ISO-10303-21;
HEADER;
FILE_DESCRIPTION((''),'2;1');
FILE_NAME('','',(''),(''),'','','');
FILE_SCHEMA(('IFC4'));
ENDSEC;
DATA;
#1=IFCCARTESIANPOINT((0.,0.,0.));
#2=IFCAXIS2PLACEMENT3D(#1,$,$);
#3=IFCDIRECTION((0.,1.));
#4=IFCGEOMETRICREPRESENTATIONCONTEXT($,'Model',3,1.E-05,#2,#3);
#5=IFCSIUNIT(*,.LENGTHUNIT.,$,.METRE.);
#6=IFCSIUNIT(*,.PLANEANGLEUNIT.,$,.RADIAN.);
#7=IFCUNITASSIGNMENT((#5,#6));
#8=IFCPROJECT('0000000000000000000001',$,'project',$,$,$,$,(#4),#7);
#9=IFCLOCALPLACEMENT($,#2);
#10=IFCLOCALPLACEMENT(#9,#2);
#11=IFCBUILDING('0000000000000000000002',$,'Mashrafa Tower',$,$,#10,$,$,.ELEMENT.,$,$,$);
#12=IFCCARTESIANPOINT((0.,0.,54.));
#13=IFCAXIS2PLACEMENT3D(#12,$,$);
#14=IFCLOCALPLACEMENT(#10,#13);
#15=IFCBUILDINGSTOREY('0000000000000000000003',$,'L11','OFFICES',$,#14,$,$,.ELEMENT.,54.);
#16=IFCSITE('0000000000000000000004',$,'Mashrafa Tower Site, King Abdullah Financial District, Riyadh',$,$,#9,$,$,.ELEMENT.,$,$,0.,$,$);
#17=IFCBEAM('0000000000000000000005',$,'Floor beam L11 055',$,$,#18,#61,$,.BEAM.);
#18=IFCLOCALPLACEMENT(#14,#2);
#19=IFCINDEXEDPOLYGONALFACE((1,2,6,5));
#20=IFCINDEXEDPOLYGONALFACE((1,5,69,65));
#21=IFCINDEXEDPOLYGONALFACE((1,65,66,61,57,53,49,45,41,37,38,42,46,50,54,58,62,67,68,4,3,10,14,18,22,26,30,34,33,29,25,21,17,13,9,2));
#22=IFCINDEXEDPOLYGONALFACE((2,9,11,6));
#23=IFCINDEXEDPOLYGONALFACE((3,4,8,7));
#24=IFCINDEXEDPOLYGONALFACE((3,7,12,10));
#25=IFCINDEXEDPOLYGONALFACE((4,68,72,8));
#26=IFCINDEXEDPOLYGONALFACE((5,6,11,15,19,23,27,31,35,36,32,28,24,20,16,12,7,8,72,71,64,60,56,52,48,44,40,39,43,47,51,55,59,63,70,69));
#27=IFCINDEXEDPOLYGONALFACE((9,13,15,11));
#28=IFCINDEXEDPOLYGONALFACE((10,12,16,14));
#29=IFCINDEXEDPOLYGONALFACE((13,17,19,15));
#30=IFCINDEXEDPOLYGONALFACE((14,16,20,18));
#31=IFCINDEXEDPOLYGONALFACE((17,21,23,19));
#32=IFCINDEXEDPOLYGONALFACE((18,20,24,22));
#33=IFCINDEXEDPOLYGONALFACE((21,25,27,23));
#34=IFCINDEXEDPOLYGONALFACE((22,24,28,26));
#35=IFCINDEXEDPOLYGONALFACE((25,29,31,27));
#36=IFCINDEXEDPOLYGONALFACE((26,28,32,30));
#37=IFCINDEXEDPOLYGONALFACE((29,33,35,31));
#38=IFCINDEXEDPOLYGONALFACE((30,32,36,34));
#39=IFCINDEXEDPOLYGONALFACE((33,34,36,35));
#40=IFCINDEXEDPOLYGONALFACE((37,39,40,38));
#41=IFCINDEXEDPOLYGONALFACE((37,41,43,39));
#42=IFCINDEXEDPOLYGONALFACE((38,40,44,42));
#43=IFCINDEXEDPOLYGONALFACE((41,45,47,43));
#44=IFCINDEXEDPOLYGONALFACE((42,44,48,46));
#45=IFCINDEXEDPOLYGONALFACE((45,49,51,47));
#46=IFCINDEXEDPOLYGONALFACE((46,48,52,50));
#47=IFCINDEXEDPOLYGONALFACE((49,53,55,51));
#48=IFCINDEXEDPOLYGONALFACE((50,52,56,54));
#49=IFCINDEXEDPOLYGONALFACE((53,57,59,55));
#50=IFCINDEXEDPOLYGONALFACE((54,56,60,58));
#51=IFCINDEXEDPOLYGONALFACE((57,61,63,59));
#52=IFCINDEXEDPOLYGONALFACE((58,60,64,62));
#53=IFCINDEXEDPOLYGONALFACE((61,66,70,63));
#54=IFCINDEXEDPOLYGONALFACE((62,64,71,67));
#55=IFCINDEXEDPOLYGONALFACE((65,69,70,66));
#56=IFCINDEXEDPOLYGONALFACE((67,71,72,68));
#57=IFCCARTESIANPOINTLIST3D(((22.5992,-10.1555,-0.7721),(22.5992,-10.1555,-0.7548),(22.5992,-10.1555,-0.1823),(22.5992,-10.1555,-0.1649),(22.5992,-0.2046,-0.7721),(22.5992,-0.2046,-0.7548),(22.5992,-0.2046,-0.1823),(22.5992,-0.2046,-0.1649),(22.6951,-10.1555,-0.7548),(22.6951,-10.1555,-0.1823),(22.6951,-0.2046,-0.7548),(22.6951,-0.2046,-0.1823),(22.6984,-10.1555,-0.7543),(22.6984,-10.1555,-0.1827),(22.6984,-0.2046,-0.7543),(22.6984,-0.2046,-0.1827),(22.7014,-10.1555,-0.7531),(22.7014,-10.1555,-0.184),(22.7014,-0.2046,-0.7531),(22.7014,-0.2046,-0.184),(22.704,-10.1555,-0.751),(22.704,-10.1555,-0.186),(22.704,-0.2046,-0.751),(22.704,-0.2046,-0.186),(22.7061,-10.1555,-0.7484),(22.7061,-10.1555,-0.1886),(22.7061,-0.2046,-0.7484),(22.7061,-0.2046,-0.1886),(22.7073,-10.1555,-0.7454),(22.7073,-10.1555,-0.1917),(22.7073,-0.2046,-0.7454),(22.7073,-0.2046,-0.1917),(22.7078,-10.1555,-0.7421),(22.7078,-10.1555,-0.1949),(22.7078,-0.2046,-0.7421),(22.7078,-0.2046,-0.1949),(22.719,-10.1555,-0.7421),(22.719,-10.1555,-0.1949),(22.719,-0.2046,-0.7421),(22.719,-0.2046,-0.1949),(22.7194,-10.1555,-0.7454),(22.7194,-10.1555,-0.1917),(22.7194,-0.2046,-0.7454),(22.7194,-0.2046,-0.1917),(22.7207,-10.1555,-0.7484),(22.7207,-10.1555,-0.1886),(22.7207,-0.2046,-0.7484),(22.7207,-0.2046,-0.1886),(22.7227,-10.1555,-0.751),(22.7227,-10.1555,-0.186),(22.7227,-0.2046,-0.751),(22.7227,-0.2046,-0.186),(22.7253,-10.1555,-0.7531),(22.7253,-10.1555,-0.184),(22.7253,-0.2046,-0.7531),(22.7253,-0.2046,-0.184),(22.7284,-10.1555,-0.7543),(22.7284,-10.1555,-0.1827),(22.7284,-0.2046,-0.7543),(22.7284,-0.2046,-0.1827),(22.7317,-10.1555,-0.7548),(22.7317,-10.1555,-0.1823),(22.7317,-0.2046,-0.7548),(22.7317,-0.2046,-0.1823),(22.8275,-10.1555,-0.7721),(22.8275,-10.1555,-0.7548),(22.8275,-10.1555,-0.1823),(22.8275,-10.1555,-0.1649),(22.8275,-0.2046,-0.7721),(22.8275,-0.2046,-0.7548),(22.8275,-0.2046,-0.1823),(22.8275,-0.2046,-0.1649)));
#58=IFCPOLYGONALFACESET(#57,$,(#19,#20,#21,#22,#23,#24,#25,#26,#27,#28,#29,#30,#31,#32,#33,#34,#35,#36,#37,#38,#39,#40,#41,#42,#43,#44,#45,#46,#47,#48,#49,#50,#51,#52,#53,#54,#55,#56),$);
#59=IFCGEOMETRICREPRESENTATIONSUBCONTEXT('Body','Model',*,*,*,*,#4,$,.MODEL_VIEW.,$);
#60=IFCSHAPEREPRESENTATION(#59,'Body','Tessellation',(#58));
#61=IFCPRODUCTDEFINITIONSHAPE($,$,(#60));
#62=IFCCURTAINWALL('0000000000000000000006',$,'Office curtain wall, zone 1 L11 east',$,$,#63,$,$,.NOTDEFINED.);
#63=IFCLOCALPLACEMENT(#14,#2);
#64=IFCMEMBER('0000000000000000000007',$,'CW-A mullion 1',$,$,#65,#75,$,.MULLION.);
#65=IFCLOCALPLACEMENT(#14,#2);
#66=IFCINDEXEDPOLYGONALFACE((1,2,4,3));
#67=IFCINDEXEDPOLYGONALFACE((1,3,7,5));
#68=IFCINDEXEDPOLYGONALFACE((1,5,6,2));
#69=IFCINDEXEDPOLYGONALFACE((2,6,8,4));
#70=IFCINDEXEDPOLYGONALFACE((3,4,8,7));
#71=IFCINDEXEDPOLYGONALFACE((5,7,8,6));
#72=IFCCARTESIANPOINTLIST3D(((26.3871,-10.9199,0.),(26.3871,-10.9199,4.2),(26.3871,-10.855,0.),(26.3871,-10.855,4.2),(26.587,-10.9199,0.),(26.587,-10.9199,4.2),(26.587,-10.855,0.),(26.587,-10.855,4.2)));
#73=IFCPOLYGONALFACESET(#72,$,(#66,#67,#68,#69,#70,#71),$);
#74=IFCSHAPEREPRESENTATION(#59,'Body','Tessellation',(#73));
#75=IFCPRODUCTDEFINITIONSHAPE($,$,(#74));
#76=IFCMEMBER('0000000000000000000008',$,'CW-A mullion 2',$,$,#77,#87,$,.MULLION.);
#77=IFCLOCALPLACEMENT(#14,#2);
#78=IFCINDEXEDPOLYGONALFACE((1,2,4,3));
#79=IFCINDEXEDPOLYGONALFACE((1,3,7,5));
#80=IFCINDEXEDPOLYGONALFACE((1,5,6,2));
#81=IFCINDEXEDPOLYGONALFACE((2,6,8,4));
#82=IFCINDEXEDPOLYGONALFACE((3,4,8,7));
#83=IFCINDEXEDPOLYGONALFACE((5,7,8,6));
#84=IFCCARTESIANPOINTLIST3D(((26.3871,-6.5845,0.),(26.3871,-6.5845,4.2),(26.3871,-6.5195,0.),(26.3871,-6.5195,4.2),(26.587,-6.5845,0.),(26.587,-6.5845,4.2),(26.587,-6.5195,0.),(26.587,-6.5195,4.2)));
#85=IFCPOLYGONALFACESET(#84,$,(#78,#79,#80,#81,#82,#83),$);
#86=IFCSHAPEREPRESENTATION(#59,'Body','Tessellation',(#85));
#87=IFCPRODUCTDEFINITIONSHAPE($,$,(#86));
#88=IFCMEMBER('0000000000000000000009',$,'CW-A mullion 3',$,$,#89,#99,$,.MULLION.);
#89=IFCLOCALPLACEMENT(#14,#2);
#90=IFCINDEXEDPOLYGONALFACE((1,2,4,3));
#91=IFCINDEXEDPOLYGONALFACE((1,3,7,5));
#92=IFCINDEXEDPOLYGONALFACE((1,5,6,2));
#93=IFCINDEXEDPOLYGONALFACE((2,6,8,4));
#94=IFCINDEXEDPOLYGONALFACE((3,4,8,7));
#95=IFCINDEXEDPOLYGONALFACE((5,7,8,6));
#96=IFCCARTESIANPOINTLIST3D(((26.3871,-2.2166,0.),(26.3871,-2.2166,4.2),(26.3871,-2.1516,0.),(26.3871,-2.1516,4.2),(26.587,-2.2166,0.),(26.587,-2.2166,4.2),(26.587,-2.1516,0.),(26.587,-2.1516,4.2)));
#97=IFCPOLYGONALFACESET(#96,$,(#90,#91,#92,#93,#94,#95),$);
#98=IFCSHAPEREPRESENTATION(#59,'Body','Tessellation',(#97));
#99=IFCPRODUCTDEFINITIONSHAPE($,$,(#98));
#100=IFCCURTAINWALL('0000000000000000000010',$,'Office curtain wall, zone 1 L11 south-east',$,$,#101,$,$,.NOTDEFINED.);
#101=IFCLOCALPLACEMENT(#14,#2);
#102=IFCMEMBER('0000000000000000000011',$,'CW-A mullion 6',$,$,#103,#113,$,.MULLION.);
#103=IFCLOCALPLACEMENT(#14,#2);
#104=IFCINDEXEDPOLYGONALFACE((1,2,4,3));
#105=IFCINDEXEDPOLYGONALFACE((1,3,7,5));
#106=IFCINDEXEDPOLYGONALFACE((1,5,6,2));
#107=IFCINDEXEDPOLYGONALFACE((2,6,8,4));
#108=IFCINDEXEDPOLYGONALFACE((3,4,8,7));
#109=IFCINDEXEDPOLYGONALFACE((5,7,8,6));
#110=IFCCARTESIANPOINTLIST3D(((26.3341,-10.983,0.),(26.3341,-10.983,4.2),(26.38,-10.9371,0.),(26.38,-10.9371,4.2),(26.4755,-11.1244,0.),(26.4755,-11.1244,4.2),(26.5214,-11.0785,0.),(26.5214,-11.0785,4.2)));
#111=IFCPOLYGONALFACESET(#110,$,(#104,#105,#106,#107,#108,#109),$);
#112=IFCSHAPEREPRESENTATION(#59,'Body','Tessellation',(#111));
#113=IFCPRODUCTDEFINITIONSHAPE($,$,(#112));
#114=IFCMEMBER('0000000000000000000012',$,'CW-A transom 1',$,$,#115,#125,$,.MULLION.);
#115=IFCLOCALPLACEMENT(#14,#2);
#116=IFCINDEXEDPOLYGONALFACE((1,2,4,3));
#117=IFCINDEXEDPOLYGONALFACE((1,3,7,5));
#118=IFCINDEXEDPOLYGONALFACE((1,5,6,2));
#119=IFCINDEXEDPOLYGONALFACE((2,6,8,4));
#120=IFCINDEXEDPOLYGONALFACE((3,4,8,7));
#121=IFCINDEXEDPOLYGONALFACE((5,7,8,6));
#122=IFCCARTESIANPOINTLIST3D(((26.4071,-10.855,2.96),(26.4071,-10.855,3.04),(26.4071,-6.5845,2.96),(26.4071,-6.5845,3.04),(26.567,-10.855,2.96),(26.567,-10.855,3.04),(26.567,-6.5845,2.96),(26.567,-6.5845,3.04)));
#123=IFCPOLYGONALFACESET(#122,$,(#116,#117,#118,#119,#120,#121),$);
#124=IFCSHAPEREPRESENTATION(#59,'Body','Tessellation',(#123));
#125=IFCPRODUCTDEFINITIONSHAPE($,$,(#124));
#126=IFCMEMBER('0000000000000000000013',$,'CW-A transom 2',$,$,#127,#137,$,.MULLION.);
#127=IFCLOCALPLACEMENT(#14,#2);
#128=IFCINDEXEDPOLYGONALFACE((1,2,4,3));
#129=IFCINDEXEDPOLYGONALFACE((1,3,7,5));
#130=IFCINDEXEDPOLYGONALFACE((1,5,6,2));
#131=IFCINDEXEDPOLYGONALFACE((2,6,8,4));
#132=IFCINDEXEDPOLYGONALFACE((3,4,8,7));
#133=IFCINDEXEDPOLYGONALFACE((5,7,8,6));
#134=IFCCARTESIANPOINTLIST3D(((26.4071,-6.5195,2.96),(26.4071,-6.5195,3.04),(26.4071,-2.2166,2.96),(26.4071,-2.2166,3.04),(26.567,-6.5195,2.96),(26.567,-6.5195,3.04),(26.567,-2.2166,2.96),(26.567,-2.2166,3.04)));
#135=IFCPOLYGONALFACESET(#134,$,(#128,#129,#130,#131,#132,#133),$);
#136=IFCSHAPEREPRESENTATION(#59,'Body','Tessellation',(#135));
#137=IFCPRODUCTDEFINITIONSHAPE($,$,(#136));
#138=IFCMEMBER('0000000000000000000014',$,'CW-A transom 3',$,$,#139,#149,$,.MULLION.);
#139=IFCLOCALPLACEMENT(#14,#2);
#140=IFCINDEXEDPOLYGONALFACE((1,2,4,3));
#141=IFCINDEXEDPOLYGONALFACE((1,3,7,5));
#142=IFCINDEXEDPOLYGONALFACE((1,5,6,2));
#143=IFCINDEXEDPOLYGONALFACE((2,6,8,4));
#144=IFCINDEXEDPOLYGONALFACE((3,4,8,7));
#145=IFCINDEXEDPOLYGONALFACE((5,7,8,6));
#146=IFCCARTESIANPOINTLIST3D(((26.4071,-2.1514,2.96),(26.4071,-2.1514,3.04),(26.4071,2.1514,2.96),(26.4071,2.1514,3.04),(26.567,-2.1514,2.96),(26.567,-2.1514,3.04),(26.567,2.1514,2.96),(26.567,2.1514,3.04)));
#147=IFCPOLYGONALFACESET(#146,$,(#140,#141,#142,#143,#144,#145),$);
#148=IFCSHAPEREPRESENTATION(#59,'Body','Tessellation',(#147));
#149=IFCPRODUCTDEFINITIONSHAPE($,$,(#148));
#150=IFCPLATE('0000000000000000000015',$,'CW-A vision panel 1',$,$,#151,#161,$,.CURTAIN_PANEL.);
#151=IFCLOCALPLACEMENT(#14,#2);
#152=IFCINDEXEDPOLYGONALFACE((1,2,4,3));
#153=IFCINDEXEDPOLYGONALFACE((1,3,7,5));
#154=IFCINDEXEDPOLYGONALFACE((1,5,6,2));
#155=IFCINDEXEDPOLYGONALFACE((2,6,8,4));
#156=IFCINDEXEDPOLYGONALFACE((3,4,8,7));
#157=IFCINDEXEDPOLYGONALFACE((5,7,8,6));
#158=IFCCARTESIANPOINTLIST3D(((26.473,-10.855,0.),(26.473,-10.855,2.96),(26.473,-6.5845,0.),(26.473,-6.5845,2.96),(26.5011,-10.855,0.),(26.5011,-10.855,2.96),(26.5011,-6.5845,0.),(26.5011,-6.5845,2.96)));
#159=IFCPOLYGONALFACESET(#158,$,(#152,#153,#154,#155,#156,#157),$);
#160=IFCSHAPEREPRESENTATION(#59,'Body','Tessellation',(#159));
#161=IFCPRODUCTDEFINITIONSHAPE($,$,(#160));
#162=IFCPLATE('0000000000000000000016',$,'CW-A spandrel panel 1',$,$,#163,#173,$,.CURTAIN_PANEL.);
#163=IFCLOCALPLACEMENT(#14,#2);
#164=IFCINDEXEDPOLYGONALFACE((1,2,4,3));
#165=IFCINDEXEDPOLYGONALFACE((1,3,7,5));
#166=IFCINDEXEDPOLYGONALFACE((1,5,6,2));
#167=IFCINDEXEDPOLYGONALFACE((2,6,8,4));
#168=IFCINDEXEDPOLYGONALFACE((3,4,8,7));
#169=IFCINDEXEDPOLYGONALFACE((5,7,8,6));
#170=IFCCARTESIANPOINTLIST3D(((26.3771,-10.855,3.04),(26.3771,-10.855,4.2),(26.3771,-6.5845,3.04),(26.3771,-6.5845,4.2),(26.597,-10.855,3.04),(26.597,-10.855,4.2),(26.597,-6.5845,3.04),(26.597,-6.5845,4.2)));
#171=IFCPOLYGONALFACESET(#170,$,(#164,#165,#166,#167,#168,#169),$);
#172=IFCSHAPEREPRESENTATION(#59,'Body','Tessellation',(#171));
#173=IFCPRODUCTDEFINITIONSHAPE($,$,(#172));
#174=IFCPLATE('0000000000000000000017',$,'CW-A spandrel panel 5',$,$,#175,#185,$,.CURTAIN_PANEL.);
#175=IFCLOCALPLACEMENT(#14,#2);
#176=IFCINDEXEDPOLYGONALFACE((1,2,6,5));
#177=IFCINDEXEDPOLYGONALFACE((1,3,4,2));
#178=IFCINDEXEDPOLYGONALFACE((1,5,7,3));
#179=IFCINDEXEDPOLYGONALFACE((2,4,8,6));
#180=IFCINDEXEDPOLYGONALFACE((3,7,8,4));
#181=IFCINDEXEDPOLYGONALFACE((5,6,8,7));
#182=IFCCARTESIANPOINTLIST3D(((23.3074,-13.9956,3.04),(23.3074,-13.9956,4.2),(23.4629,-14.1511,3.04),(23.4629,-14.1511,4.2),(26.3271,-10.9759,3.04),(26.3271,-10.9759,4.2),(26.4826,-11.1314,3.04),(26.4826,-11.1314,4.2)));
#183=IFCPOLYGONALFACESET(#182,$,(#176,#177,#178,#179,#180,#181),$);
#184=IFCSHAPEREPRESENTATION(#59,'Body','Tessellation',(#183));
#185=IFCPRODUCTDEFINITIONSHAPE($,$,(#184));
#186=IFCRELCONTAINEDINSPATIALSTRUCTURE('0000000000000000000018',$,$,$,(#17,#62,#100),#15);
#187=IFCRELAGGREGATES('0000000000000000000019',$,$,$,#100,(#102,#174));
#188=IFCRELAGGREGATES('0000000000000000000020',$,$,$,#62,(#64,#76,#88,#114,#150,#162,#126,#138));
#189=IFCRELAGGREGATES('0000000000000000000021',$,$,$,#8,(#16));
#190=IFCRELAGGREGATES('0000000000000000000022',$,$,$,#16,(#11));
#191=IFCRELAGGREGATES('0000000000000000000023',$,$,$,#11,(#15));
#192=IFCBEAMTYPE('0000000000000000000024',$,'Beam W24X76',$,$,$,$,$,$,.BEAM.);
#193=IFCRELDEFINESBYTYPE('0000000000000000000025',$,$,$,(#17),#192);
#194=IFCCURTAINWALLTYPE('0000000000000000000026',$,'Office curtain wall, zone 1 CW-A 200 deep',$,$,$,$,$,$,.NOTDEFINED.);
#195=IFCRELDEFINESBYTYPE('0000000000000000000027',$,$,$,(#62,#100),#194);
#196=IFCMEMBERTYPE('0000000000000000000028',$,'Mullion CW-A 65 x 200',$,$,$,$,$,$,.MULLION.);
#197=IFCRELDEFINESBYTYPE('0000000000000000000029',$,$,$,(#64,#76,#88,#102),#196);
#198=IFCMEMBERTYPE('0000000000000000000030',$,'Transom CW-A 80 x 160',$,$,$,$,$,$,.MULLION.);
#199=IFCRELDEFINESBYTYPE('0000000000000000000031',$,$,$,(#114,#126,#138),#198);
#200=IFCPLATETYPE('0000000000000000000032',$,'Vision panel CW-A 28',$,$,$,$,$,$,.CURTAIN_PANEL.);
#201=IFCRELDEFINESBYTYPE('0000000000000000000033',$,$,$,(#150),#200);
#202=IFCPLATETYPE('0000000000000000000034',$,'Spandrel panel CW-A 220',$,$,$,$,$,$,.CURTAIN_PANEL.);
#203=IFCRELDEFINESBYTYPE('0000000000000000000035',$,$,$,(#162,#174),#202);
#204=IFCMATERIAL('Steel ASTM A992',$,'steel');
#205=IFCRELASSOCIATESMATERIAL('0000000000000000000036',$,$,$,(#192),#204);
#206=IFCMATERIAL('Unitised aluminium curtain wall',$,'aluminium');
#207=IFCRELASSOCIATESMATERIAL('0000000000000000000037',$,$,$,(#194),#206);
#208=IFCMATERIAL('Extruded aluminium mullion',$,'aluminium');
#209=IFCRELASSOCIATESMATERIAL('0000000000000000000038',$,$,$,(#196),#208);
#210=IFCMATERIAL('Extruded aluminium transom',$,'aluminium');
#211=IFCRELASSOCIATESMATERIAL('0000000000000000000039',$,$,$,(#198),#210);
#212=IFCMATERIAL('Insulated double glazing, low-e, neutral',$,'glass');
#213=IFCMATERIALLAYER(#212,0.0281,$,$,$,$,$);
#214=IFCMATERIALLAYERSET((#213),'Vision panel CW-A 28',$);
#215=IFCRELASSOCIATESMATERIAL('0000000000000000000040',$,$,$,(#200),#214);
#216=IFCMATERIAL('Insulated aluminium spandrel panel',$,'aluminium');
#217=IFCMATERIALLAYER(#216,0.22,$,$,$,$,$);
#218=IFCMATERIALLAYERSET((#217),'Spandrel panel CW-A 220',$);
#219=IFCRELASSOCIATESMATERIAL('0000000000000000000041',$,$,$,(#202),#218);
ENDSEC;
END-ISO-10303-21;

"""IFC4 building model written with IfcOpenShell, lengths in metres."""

from ifc_helpers import new_model, si_unit, direction, frame, origin, origin_2d, place, context, subcontext, project, spatial, rectangle, i_section, extrude, source, transform, mapped, material, layer, layer_set, material_profile, profile_set, type_object, type_shapes, element, aggregate, save


model = new_model("IFC4")

# Units and contexts
model_context = context("Model", 3, precision=1e-05, world=origin(), true_north=direction((0.0, 1.0)))
body_context = subcontext(model_context, "Body", "Model", "MODEL_VIEW")
ifc_project = project(units=[si_unit("LENGTHUNIT", "METRE"), si_unit("PLANEANGLEUNIT", "RADIAN")], contexts=[model_context])

# Site, building, storey
site_placement = place(None, origin())
site = spatial("IfcSite", under=ifc_project, at=site_placement, Name="Mashrafa Tower Site, King Abdullah Financial District, Riyadh", CompositionType="ELEMENT", RefElevation=0.0)
building_placement = place(site_placement, origin())
building = spatial("IfcBuilding", under=site, at=building_placement, Name="Mashrafa Tower", CompositionType="ELEMENT")
storey_placement = place(building_placement, frame((0.0, 0.0, 54.0)))
storey = spatial("IfcBuildingStorey", under=building, at=storey_placement, Name="L11", Description="OFFICES", CompositionType="ELEMENT", Elevation=54.0)

# Beam
ifc_material_1 = material(Name="Steel ASTM A992", Category="steel")
ifc_material_profile_1 = material_profile(ifc_material_1, i_section(OverallWidth=0.2283, OverallDepth=0.6072, WebThickness=0.0112, FlangeThickness=0.0173, FilletRadius=0.0127, at=origin_2d()), Name="W24X76")
ifc_profile_set_1 = profile_set([ifc_material_profile_1], Name="Steel ASTM A992")
beam_type_1 = type_object("IfcBeamType", Name="Beam W24X76", PredefinedType="BEAM", material=ifc_profile_set_1)
beam_1_placement = place(storey_placement, frame((22.7134, -0.2046, -0.4685), z_axis=(0.0, -1.0, 0.0), x_axis=(1.0, 0.0, 0.0)))
element("IfcBeam", 1, at=beam_1_placement, inside=storey, type_object=beam_type_1, Name="Floor beam L11 055", PredefinedType="BEAM", context=body_context, shape_type="SweptSolid", body=[
    extrude(i_section(OverallWidth=0.2283, OverallDepth=0.6072, WebThickness=0.0112, FlangeThickness=0.0173, FilletRadius=0.0127, at=origin_2d()), origin(), (0.0, 0.0, 1.0), 9.9509),
])

# Curtain wall, members
ifc_material_2 = material(Name="Unitised aluminium curtain wall", Category="aluminium")
curtain_wall_type = type_object("IfcCurtainWallType", Name="Office curtain wall, zone 1 CW-A 200 deep", PredefinedType="NOTDEFINED", material=ifc_material_2)
curtain_wall_1_placement = place(storey_placement, origin())
curtain_wall_1 = element("IfcCurtainWall", 2, at=curtain_wall_1_placement, inside=storey, type_object=curtain_wall_type, Name="Office curtain wall, zone 1 L11 east", PredefinedType="NOTDEFINED")
ifc_material_3 = material(Name="Extruded aluminium mullion", Category="aluminium")
ifc_material_profile_2 = material_profile(ifc_material_3, rectangle(XDim=0.2, YDim=0.0649, at=origin_2d()), Name="Mullion 65x200")
ifc_profile_set_2 = profile_set([ifc_material_profile_2], Name="Extruded aluminium mullion")
member_type_1 = type_object("IfcMemberType", Name="Mullion CW-A 65 x 200", PredefinedType="MULLION", material=ifc_profile_set_2)
shared_shape_1 = source(origin(), body_context, "Body", "SweptSolid", [
    extrude(rectangle(XDim=0.2, YDim=0.0649, at=origin_2d()), origin(), (0.0, 0.0, 1.0), 4.2),
])
type_shapes(member_type_1, [shared_shape_1])
member_1_placement = place(storey_placement, frame((26.4871, -10.8875, 0.0), z_axis=(0.0, 0.0, 1.0), x_axis=(-1.0, 0.0, 0.0)))
member_1 = element("IfcMember", 3, at=member_1_placement, type_object=member_type_1, Name="CW-A mullion 1", PredefinedType="MULLION", context=body_context, shape_type="MappedRepresentation", body=[
    mapped(shared_shape_1, transform((0.0, 0.0, 0.0))),
])
member_2_placement = place(storey_placement, frame((26.4871, -6.552, 0.0), z_axis=(0.0, 0.0, 1.0), x_axis=(-1.0, 0.0, 0.0)))
member_2 = element("IfcMember", 4, at=member_2_placement, type_object=member_type_1, Name="CW-A mullion 2", PredefinedType="MULLION", context=body_context, shape_type="MappedRepresentation", body=[
    mapped(shared_shape_1, transform((0.0, 0.0, 0.0))),
])
member_3_placement = place(storey_placement, frame((26.4871, -2.1841, 0.0), z_axis=(0.0, 0.0, 1.0), x_axis=(-1.0, 0.0, 0.0)))
member_3 = element("IfcMember", 5, at=member_3_placement, type_object=member_type_1, Name="CW-A mullion 3", PredefinedType="MULLION", context=body_context, shape_type="MappedRepresentation", body=[
    mapped(shared_shape_1, transform((0.0, 0.0, 0.0))),
])

# Curtain wall, member
curtain_wall_2_placement = place(storey_placement, origin())
curtain_wall_2 = element("IfcCurtainWall", 6, at=curtain_wall_2_placement, inside=storey, type_object=curtain_wall_type, Name="Office curtain wall, zone 1 L11 south-east", PredefinedType="NOTDEFINED")
member_4_placement = place(storey_placement, frame((26.4277, -11.0308, 0.0), z_axis=(0.0, 0.0, 1.0), x_axis=(-0.707107, 0.707107, 0.0)))
member_4 = element("IfcMember", 7, at=member_4_placement, type_object=member_type_1, Name="CW-A mullion 6", PredefinedType="MULLION", context=body_context, shape_type="MappedRepresentation", body=[
    mapped(shared_shape_1, transform((0.0, 0.0, 0.0))),
])

# Members
ifc_material_4 = material(Name="Extruded aluminium transom", Category="aluminium")
ifc_material_profile_3 = material_profile(ifc_material_4, rectangle(XDim=0.1599, YDim=0.0801, at=origin_2d()), Name="Transom 80x160")
ifc_profile_set_3 = profile_set([ifc_material_profile_3], Name="Extruded aluminium transom")
member_type_2 = type_object("IfcMemberType", Name="Transom CW-A 80 x 160", PredefinedType="MULLION", material=ifc_profile_set_3)
shared_shape_2 = source(origin(), body_context, "Body", "SweptSolid", [
    extrude(rectangle(XDim=0.1599, YDim=0.0801, at=origin_2d()), origin(), (0.0, 0.0, 1.0), 4.2705),
])
member_5_placement = place(storey_placement, frame((26.4871, -10.855, 3.0), z_axis=(0.0, 1.0, 0.0), x_axis=(-1.0, 0.0, 0.0)))
member_5 = element("IfcMember", 8, at=member_5_placement, type_object=member_type_2, Name="CW-A transom 1", PredefinedType="MULLION", context=body_context, shape_type="MappedRepresentation", body=[
    mapped(shared_shape_2, transform((0.0, 0.0, 0.0))),
])
shared_shape_3 = source(origin(), body_context, "Body", "SweptSolid", [
    extrude(rectangle(XDim=0.1599, YDim=0.0801, at=origin_2d()), origin(), (0.0, 0.0, 1.0), 4.303),
])
member_6_placement = place(storey_placement, frame((26.4871, -6.5195, 3.0), z_axis=(0.0, 1.0, 0.0), x_axis=(-1.0, 0.0, 0.0)))
member_6 = element("IfcMember", 9, at=member_6_placement, type_object=member_type_2, Name="CW-A transom 2", PredefinedType="MULLION", context=body_context, shape_type="MappedRepresentation", body=[
    mapped(shared_shape_3, transform((0.0, 0.0, 0.0))),
])
shared_shape_4 = source(origin(), body_context, "Body", "SweptSolid", [
    extrude(rectangle(XDim=0.1599, YDim=0.0801, at=origin_2d()), origin(), (0.0, 0.0, 1.0), 4.3027),
])
type_shapes(member_type_2, [shared_shape_2, shared_shape_3, shared_shape_4])
member_7_placement = place(storey_placement, frame((26.4871, -2.1514, 3.0), z_axis=(0.0, 1.0, 0.0), x_axis=(-1.0, 0.0, 0.0)))
member_7 = element("IfcMember", 10, at=member_7_placement, type_object=member_type_2, Name="CW-A transom 3", PredefinedType="MULLION", context=body_context, shape_type="MappedRepresentation", body=[
    mapped(shared_shape_4, transform((0.0, 0.0, 0.0))),
])

# Plates
ifc_material_5 = material(Name="Insulated double glazing, low-e, neutral", Category="glass")
ifc_layer_1 = layer(ifc_material_5, 0.0281)
ifc_layer_set_1 = layer_set([ifc_layer_1], Name="Vision panel CW-A 28")
plate_type_1 = type_object("IfcPlateType", Name="Vision panel CW-A 28", PredefinedType="CURTAIN_PANEL", material=ifc_layer_set_1)
shared_shape_5 = source(origin(), body_context, "Body", "SweptSolid", [
    extrude(rectangle(XDim=4.2705, YDim=0.0281, at=origin_2d()), origin(), (0.0, 0.0, 1.0), 2.96),
])
plate_1_placement = place(storey_placement, frame((26.4871, -8.7197, 0.0), z_axis=(0.0, 0.0, 1.0), x_axis=(0.0, 1.0, 0.0)))
plate_1 = element("IfcPlate", 11, at=plate_1_placement, type_object=plate_type_1, Name="CW-A vision panel 1", PredefinedType="CURTAIN_PANEL", context=body_context, shape_type="MappedRepresentation", body=[
    mapped(shared_shape_5, transform((0.0, 0.0, 0.0))),
])
ifc_material_6 = material(Name="Insulated aluminium spandrel panel", Category="aluminium")
ifc_layer_2 = layer(ifc_material_6, 0.22)
ifc_layer_set_2 = layer_set([ifc_layer_2], Name="Spandrel panel CW-A 220")
plate_type_2 = type_object("IfcPlateType", Name="Spandrel panel CW-A 220", PredefinedType="CURTAIN_PANEL", material=ifc_layer_set_2)
shared_shape_6 = source(origin(), body_context, "Body", "SweptSolid", [
    extrude(rectangle(XDim=4.2705, YDim=0.22, at=origin_2d()), origin(), (0.0, 0.0, 1.0), 1.1599),
])
plate_2_placement = place(storey_placement, frame((26.4871, -8.7197, 3.04), z_axis=(0.0, 0.0, 1.0), x_axis=(0.0, 1.0, 0.0)))
plate_2 = element("IfcPlate", 12, at=plate_2_placement, type_object=plate_type_2, Name="CW-A spandrel panel 1", PredefinedType="CURTAIN_PANEL", context=body_context, shape_type="MappedRepresentation", body=[
    mapped(shared_shape_6, transform((0.0, 0.0, 0.0))),
])
plate_3_placement = place(storey_placement, frame((24.895, -12.5635, 3.04), z_axis=(0.0, 0.0, 1.0), x_axis=(0.707107, 0.707107, 0.0)))
plate_3 = element("IfcPlate", 13, at=plate_3_placement, type_object=plate_type_2, Name="CW-A spandrel panel 5", PredefinedType="CURTAIN_PANEL", context=body_context, shape_type="MappedRepresentation", body=[
    mapped(shared_shape_6, transform((0.0, 0.0, 0.0))),
])
aggregate(curtain_wall_2, [member_4, plate_3])
aggregate(curtain_wall_1, [member_1, member_2, member_3, member_5, plate_1, plate_2, member_6, member_7])

save(model, "model.ifc")
